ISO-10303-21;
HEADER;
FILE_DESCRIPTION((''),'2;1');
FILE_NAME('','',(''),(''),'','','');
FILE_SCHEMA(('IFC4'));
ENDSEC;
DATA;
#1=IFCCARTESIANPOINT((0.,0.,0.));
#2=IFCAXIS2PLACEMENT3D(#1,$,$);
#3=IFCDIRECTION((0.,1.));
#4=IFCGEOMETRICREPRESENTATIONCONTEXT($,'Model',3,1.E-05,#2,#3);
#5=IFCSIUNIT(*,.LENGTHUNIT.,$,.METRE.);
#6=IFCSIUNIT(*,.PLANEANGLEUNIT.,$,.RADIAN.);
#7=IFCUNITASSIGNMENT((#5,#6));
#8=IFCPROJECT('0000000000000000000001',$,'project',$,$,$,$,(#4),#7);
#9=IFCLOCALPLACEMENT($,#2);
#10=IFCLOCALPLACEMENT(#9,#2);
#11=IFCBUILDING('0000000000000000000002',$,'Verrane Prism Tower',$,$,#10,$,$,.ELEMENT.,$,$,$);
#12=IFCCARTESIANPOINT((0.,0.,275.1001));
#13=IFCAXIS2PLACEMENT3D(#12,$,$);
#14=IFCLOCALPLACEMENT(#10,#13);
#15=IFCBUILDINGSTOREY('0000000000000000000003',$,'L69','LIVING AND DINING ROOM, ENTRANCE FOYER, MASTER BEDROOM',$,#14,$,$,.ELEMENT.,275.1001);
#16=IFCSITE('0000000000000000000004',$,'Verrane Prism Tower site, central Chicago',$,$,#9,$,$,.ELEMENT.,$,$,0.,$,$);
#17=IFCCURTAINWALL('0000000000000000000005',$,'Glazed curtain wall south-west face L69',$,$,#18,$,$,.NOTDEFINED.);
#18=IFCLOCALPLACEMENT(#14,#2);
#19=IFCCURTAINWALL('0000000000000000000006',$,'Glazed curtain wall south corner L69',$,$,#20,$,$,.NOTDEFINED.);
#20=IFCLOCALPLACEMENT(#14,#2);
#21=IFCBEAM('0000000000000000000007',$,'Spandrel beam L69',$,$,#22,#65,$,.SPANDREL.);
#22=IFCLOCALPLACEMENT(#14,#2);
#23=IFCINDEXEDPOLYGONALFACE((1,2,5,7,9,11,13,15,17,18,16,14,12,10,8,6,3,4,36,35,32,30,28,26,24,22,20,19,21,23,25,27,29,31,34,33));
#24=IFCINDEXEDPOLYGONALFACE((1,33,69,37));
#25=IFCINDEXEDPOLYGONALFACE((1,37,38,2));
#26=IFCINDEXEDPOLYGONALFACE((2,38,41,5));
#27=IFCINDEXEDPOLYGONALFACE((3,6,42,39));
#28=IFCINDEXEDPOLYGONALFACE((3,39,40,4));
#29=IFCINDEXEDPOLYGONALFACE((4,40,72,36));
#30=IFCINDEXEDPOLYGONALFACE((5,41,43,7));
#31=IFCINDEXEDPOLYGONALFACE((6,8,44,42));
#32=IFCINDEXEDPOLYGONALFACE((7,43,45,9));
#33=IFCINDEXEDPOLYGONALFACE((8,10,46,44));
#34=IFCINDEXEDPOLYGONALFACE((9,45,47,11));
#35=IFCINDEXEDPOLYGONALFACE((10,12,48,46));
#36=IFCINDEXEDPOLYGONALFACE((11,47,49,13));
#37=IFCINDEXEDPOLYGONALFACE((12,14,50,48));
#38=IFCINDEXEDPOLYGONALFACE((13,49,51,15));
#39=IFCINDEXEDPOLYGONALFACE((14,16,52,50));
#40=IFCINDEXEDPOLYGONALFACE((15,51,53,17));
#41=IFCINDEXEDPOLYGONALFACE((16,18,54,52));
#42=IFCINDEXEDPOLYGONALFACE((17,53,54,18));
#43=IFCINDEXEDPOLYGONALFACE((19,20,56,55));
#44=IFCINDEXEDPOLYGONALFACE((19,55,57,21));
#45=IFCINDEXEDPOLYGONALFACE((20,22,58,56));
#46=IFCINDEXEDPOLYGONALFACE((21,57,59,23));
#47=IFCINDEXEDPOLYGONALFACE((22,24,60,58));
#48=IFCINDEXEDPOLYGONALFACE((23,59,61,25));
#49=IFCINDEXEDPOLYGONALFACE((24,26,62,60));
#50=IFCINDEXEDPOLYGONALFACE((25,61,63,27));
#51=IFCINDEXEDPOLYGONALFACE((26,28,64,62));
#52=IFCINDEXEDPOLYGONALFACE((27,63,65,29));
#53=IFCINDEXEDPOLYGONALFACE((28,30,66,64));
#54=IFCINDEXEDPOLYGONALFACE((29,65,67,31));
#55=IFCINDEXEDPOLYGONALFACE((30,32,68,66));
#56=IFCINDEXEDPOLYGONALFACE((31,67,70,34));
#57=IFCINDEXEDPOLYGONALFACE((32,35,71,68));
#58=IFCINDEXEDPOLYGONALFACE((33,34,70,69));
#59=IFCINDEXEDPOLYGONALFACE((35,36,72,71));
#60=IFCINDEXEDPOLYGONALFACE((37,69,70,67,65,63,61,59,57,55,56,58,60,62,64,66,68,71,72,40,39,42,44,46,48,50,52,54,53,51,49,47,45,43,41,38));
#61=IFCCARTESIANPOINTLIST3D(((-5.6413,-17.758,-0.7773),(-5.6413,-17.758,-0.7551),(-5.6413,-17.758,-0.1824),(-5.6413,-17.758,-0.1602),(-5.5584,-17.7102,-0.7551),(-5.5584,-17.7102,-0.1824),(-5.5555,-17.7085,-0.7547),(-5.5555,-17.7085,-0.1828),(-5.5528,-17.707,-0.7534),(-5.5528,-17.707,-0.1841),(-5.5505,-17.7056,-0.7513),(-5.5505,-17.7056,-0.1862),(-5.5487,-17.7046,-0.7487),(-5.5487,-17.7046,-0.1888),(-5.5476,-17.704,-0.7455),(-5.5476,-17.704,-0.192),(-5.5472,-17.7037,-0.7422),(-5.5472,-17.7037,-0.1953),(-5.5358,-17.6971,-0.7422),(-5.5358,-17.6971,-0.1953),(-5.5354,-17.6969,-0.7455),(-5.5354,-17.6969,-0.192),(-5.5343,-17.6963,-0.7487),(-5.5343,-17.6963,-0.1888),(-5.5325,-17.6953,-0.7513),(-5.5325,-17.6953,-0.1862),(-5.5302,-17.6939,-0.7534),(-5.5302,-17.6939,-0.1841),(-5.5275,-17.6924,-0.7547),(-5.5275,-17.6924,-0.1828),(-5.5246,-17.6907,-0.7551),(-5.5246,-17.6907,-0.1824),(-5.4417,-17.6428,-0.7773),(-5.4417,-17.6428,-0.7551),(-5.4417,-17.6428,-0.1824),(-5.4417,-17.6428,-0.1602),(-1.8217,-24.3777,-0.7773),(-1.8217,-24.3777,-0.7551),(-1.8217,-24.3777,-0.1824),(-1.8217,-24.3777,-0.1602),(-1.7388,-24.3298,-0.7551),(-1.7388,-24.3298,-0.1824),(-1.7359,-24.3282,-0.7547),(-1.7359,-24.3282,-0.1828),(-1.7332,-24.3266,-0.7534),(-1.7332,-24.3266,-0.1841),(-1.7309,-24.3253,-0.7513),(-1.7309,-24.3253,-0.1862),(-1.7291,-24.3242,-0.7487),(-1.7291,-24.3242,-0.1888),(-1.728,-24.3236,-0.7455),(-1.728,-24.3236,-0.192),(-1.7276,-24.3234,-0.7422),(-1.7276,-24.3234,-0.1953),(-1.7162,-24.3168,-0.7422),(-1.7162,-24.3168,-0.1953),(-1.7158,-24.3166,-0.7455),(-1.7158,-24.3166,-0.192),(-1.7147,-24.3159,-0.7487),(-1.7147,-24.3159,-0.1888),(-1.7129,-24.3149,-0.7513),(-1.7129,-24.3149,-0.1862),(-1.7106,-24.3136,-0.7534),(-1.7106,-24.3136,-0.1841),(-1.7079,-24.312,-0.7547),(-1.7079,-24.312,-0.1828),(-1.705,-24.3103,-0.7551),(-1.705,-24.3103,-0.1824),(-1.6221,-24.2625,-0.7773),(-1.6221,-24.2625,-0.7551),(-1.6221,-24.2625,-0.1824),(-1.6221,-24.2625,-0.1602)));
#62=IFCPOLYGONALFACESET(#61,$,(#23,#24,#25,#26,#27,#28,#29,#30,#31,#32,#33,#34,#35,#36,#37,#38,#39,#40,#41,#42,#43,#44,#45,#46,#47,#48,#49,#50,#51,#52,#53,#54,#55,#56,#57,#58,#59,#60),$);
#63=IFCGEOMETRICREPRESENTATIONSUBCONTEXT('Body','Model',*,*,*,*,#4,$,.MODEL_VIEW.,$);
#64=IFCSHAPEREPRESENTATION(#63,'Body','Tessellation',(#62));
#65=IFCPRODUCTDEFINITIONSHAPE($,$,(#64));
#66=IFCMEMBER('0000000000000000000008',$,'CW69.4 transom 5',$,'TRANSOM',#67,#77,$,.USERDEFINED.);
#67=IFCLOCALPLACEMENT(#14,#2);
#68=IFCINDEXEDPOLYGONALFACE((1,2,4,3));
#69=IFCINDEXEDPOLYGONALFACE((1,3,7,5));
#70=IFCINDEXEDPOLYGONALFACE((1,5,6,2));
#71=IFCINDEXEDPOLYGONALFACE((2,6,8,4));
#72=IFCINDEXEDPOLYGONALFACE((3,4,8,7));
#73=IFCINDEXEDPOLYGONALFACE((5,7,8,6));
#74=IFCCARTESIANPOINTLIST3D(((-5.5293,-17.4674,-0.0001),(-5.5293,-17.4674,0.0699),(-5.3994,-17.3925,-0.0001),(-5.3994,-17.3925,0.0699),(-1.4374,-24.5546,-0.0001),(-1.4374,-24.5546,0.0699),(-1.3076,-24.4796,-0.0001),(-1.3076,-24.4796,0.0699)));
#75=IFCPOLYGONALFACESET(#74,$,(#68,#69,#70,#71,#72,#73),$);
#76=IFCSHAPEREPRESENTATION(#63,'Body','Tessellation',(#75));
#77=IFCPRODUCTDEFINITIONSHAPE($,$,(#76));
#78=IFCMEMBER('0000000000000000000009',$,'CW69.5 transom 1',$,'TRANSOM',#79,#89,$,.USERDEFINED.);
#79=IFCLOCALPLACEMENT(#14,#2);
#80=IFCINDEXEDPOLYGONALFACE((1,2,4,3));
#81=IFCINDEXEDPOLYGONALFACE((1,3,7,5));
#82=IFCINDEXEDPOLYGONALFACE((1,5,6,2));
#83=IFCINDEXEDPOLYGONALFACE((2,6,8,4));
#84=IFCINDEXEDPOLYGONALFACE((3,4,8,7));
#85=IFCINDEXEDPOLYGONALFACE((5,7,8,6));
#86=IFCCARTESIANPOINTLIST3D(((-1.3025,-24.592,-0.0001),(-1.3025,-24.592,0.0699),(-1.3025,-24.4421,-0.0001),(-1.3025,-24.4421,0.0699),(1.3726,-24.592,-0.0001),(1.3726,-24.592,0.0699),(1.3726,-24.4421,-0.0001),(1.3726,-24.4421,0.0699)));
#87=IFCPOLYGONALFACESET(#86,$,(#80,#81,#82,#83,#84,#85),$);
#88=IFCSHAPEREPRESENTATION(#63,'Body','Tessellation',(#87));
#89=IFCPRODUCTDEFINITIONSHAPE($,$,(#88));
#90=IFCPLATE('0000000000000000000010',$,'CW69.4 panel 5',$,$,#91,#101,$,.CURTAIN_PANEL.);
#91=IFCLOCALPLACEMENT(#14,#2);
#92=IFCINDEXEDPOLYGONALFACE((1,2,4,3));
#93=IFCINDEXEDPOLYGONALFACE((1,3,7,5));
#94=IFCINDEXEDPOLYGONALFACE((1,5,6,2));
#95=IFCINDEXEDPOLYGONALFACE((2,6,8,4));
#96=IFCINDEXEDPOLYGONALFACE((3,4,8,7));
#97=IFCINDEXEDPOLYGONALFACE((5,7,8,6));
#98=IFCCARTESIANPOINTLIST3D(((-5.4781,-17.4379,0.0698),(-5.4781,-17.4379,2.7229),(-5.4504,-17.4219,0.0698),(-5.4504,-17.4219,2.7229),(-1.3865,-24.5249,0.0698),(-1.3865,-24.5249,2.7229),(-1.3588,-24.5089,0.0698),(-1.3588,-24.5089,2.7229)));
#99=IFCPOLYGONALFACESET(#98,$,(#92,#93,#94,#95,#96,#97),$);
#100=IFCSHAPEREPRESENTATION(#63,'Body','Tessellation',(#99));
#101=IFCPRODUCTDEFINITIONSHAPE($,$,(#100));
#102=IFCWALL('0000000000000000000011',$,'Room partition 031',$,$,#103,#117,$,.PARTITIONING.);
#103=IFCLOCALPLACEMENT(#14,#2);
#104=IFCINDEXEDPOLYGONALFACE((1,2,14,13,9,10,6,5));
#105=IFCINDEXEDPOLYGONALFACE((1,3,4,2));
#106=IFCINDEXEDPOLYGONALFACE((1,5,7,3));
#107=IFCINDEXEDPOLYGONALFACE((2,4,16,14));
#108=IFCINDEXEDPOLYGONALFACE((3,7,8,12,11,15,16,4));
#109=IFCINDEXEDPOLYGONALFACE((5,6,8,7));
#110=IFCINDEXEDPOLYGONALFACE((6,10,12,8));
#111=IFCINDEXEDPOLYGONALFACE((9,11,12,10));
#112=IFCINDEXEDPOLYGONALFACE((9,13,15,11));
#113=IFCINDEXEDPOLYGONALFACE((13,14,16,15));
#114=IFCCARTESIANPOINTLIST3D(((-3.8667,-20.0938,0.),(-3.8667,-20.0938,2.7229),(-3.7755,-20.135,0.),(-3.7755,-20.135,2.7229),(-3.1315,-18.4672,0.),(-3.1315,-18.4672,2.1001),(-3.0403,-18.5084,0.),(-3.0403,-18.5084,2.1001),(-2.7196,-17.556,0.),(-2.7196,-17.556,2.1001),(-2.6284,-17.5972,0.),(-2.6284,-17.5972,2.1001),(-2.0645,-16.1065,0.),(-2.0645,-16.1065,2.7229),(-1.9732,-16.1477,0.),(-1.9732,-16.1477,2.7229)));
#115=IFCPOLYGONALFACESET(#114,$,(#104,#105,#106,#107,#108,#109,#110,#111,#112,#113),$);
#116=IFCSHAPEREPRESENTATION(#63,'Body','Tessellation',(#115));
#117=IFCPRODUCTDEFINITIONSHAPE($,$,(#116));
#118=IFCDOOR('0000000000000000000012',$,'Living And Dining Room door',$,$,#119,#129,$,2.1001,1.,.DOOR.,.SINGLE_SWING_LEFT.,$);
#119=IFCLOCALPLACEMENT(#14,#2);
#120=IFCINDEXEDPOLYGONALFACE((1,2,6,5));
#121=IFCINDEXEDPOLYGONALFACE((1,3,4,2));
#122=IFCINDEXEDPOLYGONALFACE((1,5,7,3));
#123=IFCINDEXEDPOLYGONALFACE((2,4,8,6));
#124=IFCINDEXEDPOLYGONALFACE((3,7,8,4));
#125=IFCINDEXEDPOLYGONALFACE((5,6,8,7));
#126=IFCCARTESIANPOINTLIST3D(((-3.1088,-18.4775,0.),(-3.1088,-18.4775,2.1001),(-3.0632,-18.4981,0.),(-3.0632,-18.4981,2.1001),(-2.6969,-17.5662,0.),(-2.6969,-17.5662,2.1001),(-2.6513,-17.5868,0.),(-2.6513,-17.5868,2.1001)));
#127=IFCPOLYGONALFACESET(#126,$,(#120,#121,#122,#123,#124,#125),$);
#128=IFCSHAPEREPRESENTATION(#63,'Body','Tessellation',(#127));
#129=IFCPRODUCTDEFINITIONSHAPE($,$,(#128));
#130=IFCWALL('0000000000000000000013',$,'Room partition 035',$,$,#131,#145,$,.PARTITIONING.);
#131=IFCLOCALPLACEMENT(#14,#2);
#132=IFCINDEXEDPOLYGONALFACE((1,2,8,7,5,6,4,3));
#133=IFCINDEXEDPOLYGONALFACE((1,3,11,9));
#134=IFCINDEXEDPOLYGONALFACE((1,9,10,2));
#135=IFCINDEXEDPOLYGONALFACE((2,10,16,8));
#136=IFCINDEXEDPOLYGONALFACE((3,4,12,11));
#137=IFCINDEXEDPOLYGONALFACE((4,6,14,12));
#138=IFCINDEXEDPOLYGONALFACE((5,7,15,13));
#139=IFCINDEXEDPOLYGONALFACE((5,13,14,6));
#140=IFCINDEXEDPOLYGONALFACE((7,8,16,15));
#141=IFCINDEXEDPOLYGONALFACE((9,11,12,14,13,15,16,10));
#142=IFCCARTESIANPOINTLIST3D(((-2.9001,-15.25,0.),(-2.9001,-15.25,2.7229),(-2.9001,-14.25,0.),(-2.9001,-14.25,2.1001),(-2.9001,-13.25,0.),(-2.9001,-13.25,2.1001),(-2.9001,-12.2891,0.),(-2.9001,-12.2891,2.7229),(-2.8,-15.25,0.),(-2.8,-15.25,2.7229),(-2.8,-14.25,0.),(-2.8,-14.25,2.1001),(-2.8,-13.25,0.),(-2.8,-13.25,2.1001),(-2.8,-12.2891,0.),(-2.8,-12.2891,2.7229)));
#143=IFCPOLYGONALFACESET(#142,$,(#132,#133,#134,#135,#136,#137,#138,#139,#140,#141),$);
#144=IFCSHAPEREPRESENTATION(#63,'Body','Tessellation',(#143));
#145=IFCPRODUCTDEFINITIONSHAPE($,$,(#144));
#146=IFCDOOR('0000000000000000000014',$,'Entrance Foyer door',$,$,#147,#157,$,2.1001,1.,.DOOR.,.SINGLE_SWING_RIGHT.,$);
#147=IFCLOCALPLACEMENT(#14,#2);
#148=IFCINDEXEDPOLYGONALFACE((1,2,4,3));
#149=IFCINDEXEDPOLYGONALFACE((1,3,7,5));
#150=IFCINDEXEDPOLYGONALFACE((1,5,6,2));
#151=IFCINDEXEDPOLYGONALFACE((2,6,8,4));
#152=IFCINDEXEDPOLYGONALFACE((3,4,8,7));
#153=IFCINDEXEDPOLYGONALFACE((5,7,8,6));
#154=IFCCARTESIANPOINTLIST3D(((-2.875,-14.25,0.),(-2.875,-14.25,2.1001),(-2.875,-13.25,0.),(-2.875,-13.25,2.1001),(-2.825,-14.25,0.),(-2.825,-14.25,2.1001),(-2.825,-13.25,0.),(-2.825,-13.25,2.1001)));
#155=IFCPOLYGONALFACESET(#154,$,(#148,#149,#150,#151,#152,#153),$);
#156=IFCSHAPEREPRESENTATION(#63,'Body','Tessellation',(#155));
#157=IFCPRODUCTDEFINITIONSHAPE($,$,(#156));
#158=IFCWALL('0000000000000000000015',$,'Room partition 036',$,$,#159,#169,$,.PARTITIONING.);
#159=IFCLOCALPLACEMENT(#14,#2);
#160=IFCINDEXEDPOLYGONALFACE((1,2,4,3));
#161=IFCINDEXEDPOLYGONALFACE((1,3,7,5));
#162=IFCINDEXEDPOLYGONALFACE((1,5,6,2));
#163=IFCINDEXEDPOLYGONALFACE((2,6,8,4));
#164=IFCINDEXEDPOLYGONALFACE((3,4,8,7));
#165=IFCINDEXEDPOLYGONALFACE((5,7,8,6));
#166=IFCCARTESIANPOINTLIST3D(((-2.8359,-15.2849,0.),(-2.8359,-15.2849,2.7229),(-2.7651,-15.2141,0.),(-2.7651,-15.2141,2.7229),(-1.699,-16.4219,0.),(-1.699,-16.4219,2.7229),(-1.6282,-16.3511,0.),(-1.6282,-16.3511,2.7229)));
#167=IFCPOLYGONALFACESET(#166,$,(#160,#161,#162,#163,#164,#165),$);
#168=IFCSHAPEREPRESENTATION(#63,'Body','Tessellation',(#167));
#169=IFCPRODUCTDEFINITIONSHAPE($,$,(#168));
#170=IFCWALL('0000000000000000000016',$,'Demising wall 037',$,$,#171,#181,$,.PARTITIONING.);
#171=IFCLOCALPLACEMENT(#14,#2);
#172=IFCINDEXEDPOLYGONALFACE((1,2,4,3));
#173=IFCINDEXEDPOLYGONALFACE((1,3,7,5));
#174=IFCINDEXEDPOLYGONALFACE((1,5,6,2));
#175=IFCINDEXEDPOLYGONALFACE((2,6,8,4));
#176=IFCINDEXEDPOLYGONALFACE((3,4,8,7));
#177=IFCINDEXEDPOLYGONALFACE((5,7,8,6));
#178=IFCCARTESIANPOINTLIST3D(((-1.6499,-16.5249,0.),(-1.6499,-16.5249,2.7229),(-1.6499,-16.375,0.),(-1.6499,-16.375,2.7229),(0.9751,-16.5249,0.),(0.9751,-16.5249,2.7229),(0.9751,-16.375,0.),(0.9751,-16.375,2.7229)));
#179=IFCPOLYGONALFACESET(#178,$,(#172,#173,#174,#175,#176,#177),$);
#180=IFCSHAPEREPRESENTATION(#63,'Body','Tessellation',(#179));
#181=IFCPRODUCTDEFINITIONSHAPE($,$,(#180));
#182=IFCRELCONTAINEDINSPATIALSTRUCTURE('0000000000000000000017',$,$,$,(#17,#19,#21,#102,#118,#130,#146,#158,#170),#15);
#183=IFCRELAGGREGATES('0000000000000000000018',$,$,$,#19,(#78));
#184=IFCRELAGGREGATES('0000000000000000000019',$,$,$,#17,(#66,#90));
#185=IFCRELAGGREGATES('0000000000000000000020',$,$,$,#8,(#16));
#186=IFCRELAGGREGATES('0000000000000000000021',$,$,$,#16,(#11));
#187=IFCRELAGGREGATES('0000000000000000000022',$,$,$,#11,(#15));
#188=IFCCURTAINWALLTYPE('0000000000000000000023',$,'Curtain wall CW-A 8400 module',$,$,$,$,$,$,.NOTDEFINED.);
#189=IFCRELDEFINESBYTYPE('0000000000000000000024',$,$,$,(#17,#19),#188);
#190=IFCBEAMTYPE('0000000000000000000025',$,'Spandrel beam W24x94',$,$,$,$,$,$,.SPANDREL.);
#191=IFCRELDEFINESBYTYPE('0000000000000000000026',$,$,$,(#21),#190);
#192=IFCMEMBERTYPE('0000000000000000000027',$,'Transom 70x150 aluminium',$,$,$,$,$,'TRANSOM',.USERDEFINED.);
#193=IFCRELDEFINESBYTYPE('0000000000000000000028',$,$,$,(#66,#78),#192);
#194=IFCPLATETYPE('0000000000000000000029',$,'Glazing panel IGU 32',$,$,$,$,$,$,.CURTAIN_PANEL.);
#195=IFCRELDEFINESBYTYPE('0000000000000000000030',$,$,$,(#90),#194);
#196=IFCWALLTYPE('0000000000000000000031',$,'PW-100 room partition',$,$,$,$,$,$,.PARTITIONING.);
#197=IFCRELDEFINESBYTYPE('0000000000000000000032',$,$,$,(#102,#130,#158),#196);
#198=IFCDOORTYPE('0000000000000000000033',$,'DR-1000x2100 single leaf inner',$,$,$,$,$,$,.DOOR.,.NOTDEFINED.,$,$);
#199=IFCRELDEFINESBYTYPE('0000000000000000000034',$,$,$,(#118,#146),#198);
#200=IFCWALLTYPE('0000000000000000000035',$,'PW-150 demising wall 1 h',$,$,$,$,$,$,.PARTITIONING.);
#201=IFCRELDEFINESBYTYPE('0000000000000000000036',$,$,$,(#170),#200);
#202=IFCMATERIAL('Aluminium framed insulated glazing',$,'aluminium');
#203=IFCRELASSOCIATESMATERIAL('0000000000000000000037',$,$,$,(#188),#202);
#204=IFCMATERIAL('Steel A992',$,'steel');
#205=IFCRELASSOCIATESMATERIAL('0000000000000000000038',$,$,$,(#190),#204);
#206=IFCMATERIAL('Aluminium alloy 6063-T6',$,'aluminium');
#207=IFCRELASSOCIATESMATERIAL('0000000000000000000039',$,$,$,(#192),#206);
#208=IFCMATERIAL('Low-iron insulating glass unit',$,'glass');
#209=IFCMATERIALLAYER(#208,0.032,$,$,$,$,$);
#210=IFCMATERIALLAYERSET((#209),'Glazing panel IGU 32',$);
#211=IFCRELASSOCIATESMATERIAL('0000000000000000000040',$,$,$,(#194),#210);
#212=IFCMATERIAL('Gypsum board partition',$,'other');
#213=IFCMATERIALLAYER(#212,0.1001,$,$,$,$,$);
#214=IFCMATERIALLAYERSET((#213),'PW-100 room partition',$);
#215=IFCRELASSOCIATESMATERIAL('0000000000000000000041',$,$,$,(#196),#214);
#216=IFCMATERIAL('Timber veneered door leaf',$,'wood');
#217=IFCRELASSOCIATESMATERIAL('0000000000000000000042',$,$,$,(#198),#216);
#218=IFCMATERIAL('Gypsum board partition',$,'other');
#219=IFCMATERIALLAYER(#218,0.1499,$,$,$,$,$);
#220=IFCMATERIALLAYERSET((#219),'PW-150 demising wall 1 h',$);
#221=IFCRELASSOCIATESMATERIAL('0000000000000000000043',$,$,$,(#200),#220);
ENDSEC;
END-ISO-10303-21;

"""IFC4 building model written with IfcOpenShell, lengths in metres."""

from ifc_helpers import new_model, si_unit, direction, frame, frame_2d, origin, origin_2d, place, context, subcontext, project, spatial, rectangle, i_section, extrude, material, layer, layer_set, material_profile, profile_set, type_object, element, fill, aggregate, save


model = new_model("IFC4")

# Units and contexts
model_context = context("Model", 3, precision=1e-05, world=origin(), true_north=direction((0.0, 1.0)))
body_context = subcontext(model_context, "Body", "Model", "MODEL_VIEW")
ifc_project = project(units=[si_unit("LENGTHUNIT", "METRE"), si_unit("PLANEANGLEUNIT", "RADIAN")], contexts=[model_context])

# Site, building, storey
site_placement = place(None, origin())
site = spatial("IfcSite", under=ifc_project, at=site_placement, Name="Verrane Prism Tower site, central Chicago", CompositionType="ELEMENT", RefElevation=0.0)
building_placement = place(site_placement, origin())
building = spatial("IfcBuilding", under=site, at=building_placement, Name="Verrane Prism Tower", CompositionType="ELEMENT")
storey_placement = place(building_placement, frame((0.0, 0.0, 275.1001)))
storey = spatial("IfcBuildingStorey", under=building, at=storey_placement, Name="L69", Description="LIVING AND DINING ROOM, ENTRANCE FOYER, MASTER BEDROOM", CompositionType="ELEMENT", Elevation=275.1001)

# Curtain walls
ifc_material_1 = material(Name="Aluminium framed insulated glazing", Category="aluminium")
curtain_wall_type = type_object("IfcCurtainWallType", Name="Curtain wall CW-A 8400 module", PredefinedType="NOTDEFINED", material=ifc_material_1)
curtain_wall_1_placement = place(storey_placement, origin())
curtain_wall_1 = element("IfcCurtainWall", 1, at=curtain_wall_1_placement, inside=storey, type_object=curtain_wall_type, Name="Glazed curtain wall south-west face L69", PredefinedType="NOTDEFINED")
curtain_wall_2_placement = place(storey_placement, origin())
curtain_wall_2 = element("IfcCurtainWall", 2, at=curtain_wall_2_placement, inside=storey, type_object=curtain_wall_type, Name="Glazed curtain wall south corner L69", PredefinedType="NOTDEFINED")

# Beam
ifc_material_2 = material(Name="Steel A992", Category="steel")
ifc_material_profile_1 = material_profile(ifc_material_2, i_section(OverallWidth=0.2305, OverallDepth=0.6172, WebThickness=0.0132, FlangeThickness=0.0222, FilletRadius=0.0129, at=origin_2d()), Name="W24x94")
ifc_profile_set_1 = profile_set([ifc_material_profile_1], Name="Steel A992")
beam_type_1 = type_object("IfcBeamType", Name="Spandrel beam W24x94", PredefinedType="SPANDREL", material=ifc_profile_set_1)
beam_1_placement = place(storey_placement, frame((-5.5415, -17.7004, -0.4688), z_axis=(0.499778, -0.866154, 0.0), x_axis=(0.866154, 0.499778, 0.0)))
element("IfcBeam", 3, at=beam_1_placement, inside=storey, type_object=beam_type_1, Name="Spandrel beam L69", PredefinedType="SPANDREL", context=body_context, shape_type="SweptSolid", body=[
    extrude(i_section(OverallWidth=0.2305, OverallDepth=0.6172, WebThickness=0.0132, FlangeThickness=0.0222, FilletRadius=0.0129, at=origin_2d()), origin(), (0.0, 0.0, 1.0), 7.6426),
])

# Members
ifc_material_3 = material(Name="Aluminium alloy 6063-T6", Category="aluminium")
ifc_material_profile_2 = material_profile(ifc_material_3, rectangle(XDim=0.1499, YDim=0.0701, at=origin_2d()), Name="Transom 70x150 aluminium")
ifc_profile_set_2 = profile_set([ifc_material_profile_2], Name="Aluminium alloy 6063-T6")
member_type_1 = type_object("IfcMemberType", Name="Transom 70x150 aluminium", ElementType="TRANSOM", PredefinedType="USERDEFINED", material=ifc_profile_set_2)
member_1_placement = place(storey_placement, frame((-5.4644, -17.4299, 0.0349), z_axis=(0.500002, -0.866024, 0.0), x_axis=(0.866024, 0.500002, 0.0)))
member_1 = element("IfcMember", 4, at=member_1_placement, type_object=member_type_1, Name="CW69.4 transom 5", ObjectType="TRANSOM", PredefinedType="USERDEFINED", context=body_context, shape_type="SweptSolid", body=[
    extrude(rectangle(XDim=0.1499, YDim=0.0701, at=origin_2d()), origin(), (0.0, 0.0, 1.0), 8.1836),
])
member_2_placement = place(storey_placement, frame((-1.3025, -24.5171, 0.0349), z_axis=(1.0, 0.0, 0.0), x_axis=(0.0, 1.0, 0.0)))
member_2 = element("IfcMember", 5, at=member_2_placement, type_object=member_type_1, Name="CW69.5 transom 1", ObjectType="TRANSOM", PredefinedType="USERDEFINED", context=body_context, shape_type="SweptSolid", body=[
    extrude(rectangle(XDim=0.1499, YDim=0.0701, at=origin_2d()), origin(), (0.0, 0.0, 1.0), 2.675),
])
aggregate(curtain_wall_2, [member_2])

# Plate
ifc_material_4 = material(Name="Low-iron insulating glass unit", Category="glass")
ifc_layer_1 = layer(ifc_material_4, 0.032)
ifc_layer_set_1 = layer_set([ifc_layer_1], Name="Glazing panel IGU 32")
plate_type = type_object("IfcPlateType", Name="Glazing panel IGU 32", PredefinedType="CURTAIN_PANEL", material=ifc_layer_set_1)
plate_placement = place(storey_placement, frame((-3.4185, -20.9734, 0.0698), z_axis=(0.0, 0.0, 1.0), x_axis=(0.500001, -0.866025, 0.0)))
plate = element("IfcPlate", 6, at=plate_placement, type_object=plate_type, Name="CW69.4 panel 5", PredefinedType="CURTAIN_PANEL", context=body_context, shape_type="SweptSolid", body=[
    extrude(rectangle(XDim=8.1833, YDim=0.032, at=origin_2d()), origin(), (0.0, 0.0, 1.0), 2.6531),
])
aggregate(curtain_wall_1, [member_1, plate])

# Walls, openings, doors
ifc_material_5 = material(Name="Gypsum board partition", Category="other")
ifc_layer_2 = layer(ifc_material_5, 0.1001)
ifc_layer_set_2 = layer_set([ifc_layer_2], Name="PW-100 room partition")
wall_type_1 = type_object("IfcWallType", Name="PW-100 room partition", PredefinedType="PARTITIONING", material=ifc_layer_set_2)
wall_1_placement = place(storey_placement, frame((-2.0188, -16.127, 0.0), z_axis=(0.0, 0.0, 1.0), x_axis=(-0.411877, -0.91124, 0.0)))
wall_1 = element("IfcWall", 7, at=wall_1_placement, inside=storey, type_object=wall_type_1, Name="Room partition 031", PredefinedType="PARTITIONING", context=body_context, shape_type="SweptSolid", body=[
    extrude(rectangle(XDim=4.3757, YDim=0.1001, at=frame_2d((2.188, 0.0))), origin(), (0.0, 0.0, 1.0), 2.7229),
])
opening_1_placement = place(wall_1_placement, frame((1.5908, 0.0, 0.0)))
opening_1 = element("IfcOpeningElement", 8, at=opening_1_placement, cuts=wall_1, PredefinedType="OPENING", context=body_context, shape_type="SweptSolid", body=[
    extrude(rectangle(XDim=1.0, YDim=2.1001, at=frame_2d((0.5, 1.05))), frame((0.0, 0.0601, 0.0), z_axis=(0.0, -1.0, 0.0), x_axis=(1.0, 0.0, 0.0)), (0.0, 0.0, 1.0), 0.1201),
])
ifc_material_6 = material(Name="Timber veneered door leaf", Category="wood")
door_type_1 = type_object("IfcDoorType", Name="DR-1000x2100 single leaf inner", OperationType="NOTDEFINED", PredefinedType="DOOR", material=ifc_material_6)
door_1_placement = place(opening_1_placement, origin())
door_1 = element("IfcDoor", 9, at=door_1_placement, inside=storey, type_object=door_type_1, Name="Living And Dining Room door", OperationType="SINGLE_SWING_LEFT", OverallHeight=2.1001, OverallWidth=1.0, PredefinedType="DOOR", context=body_context, shape_type="SweptSolid", body=[
    extrude(rectangle(XDim=1.0, YDim=2.1001, at=frame_2d((0.5, 1.05))), frame((0.0, 0.0249, 0.0), z_axis=(0.0, -1.0, 0.0), x_axis=(1.0, 0.0, 0.0)), (0.0, 0.0, 1.0), 0.05),
])
fill(opening_1, door_1)
wall_2_placement = place(storey_placement, frame((-2.8501, -15.25, 0.0), z_axis=(0.0, 0.0, 1.0), x_axis=(0.0, 1.0, 0.0)))
wall_2 = element("IfcWall", 10, at=wall_2_placement, inside=storey, type_object=wall_type_1, Name="Room partition 035", PredefinedType="PARTITIONING", context=body_context, shape_type="SweptSolid", body=[
    extrude(rectangle(XDim=2.9609, YDim=0.1001, at=frame_2d((1.4805, 0.0))), origin(), (0.0, 0.0, 1.0), 2.7229),
])
opening_2_placement = place(wall_2_placement, frame((1.0, 0.0, 0.0)))
opening_2 = element("IfcOpeningElement", 11, at=opening_2_placement, cuts=wall_2, PredefinedType="OPENING", context=body_context, shape_type="SweptSolid", body=[
    extrude(rectangle(XDim=1.0, YDim=2.1001, at=frame_2d((0.5, 1.05))), frame((0.0, 0.0601, 0.0), z_axis=(0.0, -1.0, 0.0), x_axis=(1.0, 0.0, 0.0)), (0.0, 0.0, 1.0), 0.1201),
])
door_2_placement = place(opening_2_placement, origin())
door_2 = element("IfcDoor", 12, at=door_2_placement, inside=storey, type_object=door_type_1, Name="Entrance Foyer door", OperationType="SINGLE_SWING_RIGHT", OverallHeight=2.1001, OverallWidth=1.0, PredefinedType="DOOR", context=body_context, shape_type="SweptSolid", body=[
    extrude(rectangle(XDim=1.0, YDim=2.1001, at=frame_2d((0.5, 1.05))), frame((0.0, 0.0249, 0.0), z_axis=(0.0, -1.0, 0.0), x_axis=(1.0, 0.0, 0.0)), (0.0, 0.0, 1.0), 0.05),
])
fill(opening_2, door_2)

# Walls
wall_3_placement = place(storey_placement, frame((-2.8005, -15.2495, 0.0), z_axis=(0.0, 0.0, 1.0), x_axis=(0.707107, -0.707107, 0.0)))
element("IfcWall", 13, at=wall_3_placement, inside=storey, type_object=wall_type_1, Name="Room partition 036", PredefinedType="PARTITIONING", context=body_context, shape_type="SweptSolid", body=[
    extrude(rectangle(XDim=1.6079, YDim=0.1001, at=frame_2d((0.804, 0.0))), origin(), (0.0, 0.0, 1.0), 2.7229),
])
ifc_material_7 = material(Name="Gypsum board partition", Category="other")
ifc_layer_3 = layer(ifc_material_7, 0.1499)
ifc_layer_set_3 = layer_set([ifc_layer_3], Name="PW-150 demising wall 1 h")
wall_type_2 = type_object("IfcWallType", Name="PW-150 demising wall 1 h", PredefinedType="PARTITIONING", material=ifc_layer_set_3)
wall_4_placement = place(storey_placement, frame((-1.6499, -16.45, 0.0), z_axis=(0.0, 0.0, 1.0), x_axis=(1.0, 0.0, 0.0)))
element("IfcWall", 14, at=wall_4_placement, inside=storey, type_object=wall_type_2, Name="Demising wall 037", PredefinedType="PARTITIONING", context=body_context, shape_type="SweptSolid", body=[
    extrude(rectangle(XDim=2.625, YDim=0.1499, at=frame_2d((1.3125, 0.0))), origin(), (0.0, 0.0, 1.0), 2.7229),
])

save(model, "model.ifc")
